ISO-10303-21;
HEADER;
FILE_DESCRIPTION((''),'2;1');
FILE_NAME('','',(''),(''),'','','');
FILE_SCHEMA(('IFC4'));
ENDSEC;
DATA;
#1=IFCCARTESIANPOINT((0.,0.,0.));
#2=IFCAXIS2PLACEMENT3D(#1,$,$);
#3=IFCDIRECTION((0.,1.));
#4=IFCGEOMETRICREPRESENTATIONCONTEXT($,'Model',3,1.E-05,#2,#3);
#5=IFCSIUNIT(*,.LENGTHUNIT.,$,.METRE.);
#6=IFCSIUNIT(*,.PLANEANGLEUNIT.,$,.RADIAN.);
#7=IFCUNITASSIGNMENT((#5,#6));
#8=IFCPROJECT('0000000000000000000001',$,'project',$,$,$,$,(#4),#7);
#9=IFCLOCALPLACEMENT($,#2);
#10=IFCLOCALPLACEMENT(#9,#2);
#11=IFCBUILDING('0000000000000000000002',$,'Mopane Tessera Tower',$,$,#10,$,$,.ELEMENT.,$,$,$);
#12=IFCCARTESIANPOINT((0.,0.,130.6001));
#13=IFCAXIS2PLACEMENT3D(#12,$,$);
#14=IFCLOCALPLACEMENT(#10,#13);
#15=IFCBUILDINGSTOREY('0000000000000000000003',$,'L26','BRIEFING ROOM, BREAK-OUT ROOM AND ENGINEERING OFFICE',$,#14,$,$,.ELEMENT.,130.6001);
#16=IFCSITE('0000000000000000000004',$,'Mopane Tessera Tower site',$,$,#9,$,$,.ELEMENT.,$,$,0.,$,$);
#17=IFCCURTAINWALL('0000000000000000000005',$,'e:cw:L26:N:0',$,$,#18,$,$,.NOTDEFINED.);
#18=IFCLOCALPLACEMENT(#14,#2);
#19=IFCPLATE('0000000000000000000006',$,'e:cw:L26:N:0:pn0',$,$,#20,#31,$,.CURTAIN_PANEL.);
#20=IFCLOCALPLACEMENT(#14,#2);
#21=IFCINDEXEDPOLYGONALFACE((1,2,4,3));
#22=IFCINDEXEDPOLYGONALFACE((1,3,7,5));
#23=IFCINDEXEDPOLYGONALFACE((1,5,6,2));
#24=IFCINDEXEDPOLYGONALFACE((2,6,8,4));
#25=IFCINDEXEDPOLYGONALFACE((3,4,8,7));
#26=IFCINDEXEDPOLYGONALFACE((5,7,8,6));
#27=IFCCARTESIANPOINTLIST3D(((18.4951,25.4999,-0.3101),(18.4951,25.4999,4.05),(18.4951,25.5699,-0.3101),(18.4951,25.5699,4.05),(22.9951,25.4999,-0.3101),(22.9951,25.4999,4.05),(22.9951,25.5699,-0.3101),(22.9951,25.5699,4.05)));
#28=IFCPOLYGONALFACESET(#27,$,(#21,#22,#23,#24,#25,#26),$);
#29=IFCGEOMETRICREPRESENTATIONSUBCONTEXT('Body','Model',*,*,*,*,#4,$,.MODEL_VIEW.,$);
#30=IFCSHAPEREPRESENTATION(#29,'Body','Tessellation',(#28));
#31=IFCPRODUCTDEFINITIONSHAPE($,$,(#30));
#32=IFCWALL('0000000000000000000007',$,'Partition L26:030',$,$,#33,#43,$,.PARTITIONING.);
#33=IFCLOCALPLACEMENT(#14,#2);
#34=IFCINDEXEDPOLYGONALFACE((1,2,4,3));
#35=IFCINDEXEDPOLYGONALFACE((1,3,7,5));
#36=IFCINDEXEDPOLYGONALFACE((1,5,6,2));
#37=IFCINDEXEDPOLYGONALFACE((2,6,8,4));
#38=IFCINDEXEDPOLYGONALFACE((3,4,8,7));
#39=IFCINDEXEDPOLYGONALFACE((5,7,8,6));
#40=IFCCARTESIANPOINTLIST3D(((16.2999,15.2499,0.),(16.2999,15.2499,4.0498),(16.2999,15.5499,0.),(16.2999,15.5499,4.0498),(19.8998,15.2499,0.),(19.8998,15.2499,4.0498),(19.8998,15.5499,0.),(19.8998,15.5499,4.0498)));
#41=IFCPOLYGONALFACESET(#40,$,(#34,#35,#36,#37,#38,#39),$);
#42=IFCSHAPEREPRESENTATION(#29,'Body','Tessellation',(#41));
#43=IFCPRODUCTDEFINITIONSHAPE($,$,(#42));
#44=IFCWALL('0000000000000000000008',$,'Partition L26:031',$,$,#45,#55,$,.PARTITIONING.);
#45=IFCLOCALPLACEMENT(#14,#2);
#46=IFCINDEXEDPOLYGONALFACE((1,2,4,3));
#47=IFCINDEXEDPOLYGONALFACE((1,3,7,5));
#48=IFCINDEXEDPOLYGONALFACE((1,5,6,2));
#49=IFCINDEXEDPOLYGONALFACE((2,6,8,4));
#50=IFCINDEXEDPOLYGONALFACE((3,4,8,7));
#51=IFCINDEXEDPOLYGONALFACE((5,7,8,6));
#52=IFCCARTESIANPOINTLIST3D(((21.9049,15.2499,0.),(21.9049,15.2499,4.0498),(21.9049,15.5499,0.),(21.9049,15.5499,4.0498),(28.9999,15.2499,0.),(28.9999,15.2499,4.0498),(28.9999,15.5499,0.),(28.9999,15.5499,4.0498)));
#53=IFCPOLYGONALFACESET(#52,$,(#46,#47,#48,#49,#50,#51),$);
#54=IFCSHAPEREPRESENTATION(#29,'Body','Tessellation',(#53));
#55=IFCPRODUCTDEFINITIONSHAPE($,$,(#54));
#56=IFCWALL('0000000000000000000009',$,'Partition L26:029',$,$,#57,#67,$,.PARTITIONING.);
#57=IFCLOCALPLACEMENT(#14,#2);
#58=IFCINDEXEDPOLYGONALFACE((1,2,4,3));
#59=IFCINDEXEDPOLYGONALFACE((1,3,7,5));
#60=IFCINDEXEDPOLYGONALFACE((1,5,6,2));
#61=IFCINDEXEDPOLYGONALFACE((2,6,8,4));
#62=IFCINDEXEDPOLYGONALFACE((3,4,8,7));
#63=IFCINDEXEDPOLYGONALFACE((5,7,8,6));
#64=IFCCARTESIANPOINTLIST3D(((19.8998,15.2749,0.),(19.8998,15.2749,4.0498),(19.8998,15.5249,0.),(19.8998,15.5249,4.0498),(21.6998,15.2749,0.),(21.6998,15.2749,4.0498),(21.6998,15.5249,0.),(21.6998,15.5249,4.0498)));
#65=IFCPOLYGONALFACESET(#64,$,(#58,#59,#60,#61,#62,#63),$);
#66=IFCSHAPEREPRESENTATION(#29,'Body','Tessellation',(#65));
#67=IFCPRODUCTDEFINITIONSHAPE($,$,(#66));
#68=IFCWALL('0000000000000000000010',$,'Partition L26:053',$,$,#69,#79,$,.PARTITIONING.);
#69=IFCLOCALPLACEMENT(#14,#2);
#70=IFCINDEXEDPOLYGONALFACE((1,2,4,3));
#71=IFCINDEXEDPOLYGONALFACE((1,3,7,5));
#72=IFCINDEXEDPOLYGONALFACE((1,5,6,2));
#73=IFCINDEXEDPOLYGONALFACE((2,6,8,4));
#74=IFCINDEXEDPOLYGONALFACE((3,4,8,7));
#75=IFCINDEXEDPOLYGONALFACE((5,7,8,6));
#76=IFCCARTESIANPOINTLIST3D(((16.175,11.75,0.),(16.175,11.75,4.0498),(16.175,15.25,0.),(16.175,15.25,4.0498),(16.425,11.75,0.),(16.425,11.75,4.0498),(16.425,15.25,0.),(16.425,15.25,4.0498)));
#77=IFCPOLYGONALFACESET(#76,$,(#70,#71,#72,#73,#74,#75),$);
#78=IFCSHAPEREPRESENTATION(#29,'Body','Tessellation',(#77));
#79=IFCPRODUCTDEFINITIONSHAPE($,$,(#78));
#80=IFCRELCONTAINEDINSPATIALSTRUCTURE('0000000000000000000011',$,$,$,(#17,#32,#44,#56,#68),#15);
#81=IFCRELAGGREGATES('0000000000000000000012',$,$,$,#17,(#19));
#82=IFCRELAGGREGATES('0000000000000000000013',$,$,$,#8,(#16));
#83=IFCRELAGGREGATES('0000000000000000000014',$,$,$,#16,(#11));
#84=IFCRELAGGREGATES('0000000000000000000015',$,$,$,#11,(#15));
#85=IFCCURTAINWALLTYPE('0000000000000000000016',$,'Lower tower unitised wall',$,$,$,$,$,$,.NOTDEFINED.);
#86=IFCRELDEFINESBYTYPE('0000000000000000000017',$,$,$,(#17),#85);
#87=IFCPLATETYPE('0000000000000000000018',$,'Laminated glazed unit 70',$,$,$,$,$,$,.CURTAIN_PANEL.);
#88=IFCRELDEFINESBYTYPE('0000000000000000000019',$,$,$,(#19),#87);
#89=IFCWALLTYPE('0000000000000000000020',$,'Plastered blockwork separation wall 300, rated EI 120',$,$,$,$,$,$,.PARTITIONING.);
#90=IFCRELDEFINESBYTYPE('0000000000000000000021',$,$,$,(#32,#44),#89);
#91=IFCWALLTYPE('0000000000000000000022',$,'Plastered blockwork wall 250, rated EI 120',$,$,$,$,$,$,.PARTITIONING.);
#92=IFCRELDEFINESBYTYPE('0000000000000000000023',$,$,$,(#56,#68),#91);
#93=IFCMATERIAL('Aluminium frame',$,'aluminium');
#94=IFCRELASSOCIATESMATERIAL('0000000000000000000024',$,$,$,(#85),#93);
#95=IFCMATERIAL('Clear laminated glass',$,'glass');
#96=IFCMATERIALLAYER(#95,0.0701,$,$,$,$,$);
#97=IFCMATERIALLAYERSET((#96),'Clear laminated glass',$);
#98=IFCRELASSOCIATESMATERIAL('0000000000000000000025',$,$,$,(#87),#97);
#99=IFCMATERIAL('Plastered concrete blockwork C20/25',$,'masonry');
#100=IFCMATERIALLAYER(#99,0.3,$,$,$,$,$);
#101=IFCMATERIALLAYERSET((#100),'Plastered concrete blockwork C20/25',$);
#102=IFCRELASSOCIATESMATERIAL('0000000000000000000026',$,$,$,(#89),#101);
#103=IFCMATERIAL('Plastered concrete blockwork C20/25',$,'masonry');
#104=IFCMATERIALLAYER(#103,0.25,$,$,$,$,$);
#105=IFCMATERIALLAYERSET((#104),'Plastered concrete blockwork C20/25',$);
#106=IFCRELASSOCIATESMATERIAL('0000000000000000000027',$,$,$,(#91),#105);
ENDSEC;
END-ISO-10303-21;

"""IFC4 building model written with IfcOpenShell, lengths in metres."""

from ifc_helpers import new_model, si_unit, direction, frame, frame_2d, origin, origin_2d, place, context, subcontext, project, spatial, rectangle, extrude, material, layer, layer_set, type_object, element, aggregate, save


model = new_model("IFC4")

# Units and contexts
model_context = context("Model", 3, precision=1e-05, world=origin(), true_north=direction((0.0, 1.0)))
body_context = subcontext(model_context, "Body", "Model", "MODEL_VIEW")
ifc_project = project(units=[si_unit("LENGTHUNIT", "METRE"), si_unit("PLANEANGLEUNIT", "RADIAN")], contexts=[model_context])

# Site, building, storey
site_placement = place(None, origin())
site = spatial("IfcSite", under=ifc_project, at=site_placement, Name="Mopane Tessera Tower site", CompositionType="ELEMENT", RefElevation=0.0)
building_placement = place(site_placement, origin())
building = spatial("IfcBuilding", under=site, at=building_placement, Name="Mopane Tessera Tower", CompositionType="ELEMENT")
storey_placement = place(building_placement, frame((0.0, 0.0, 130.6001)))
storey = spatial("IfcBuildingStorey", under=building, at=storey_placement, Name="L26", Description="BRIEFING ROOM, BREAK-OUT ROOM AND ENGINEERING OFFICE", CompositionType="ELEMENT", Elevation=130.6001)

# Curtain wall
ifc_material_1 = material(Name="Aluminium frame", Category="aluminium")
curtain_wall_type = type_object("IfcCurtainWallType", Name="Lower tower unitised wall", PredefinedType="NOTDEFINED", material=ifc_material_1)
curtain_wall_1_placement = place(storey_placement, origin())
curtain_wall_1 = element("IfcCurtainWall", 1, at=curtain_wall_1_placement, inside=storey, type_object=curtain_wall_type, Name="e:cw:L26:N:0", PredefinedType="NOTDEFINED")

# Plate
ifc_material_2 = material(Name="Clear laminated glass", Category="glass")
ifc_layer_1 = layer(ifc_material_2, 0.0701)
ifc_layer_set_1 = layer_set([ifc_layer_1], Name="Clear laminated glass")
plate_type = type_object("IfcPlateType", Name="Laminated glazed unit 70", PredefinedType="CURTAIN_PANEL", material=ifc_layer_set_1)
plate_1_placement = place(storey_placement, frame((20.7451, 25.5349, -0.3101), z_axis=(0.0, 0.0, 1.0), x_axis=(-1.0, 0.0, 0.0)))
plate_1 = element("IfcPlate", 2, at=plate_1_placement, type_object=plate_type, Name="e:cw:L26:N:0:pn0", PredefinedType="CURTAIN_PANEL", context=body_context, shape_type="SweptSolid", body=[
    extrude(rectangle(XDim=4.5, YDim=0.0701, at=origin_2d()), origin(), (0.0, 0.0, 1.0), 4.3601),
])
aggregate(curtain_wall_1, [plate_1])

# Walls
ifc_material_3 = material(Name="Plastered concrete blockwork C20/25", Category="masonry")
ifc_layer_2 = layer(ifc_material_3, 0.3)
ifc_layer_set_2 = layer_set([ifc_layer_2], Name="Plastered concrete blockwork C20/25")
wall_type_1 = type_object("IfcWallType", Name="Plastered blockwork separation wall 300, rated EI 120", PredefinedType="PARTITIONING", material=ifc_layer_set_2)
wall_1_placement = place(storey_placement, frame((16.3, 15.3999, 0.0), z_axis=(0.0, 0.0, 1.0), x_axis=(1.0, 0.0, 0.0)))
element("IfcWall", 3, at=wall_1_placement, inside=storey, type_object=wall_type_1, Name="Partition L26:030", PredefinedType="PARTITIONING", context=body_context, shape_type="SweptSolid", body=[
    extrude(rectangle(XDim=3.5999, YDim=0.3, at=frame_2d((1.7998, 0.0))), origin(), (0.0, 0.0, 1.0), 4.0498),
])
wall_2_placement = place(storey_placement, frame((21.905, 15.3999, 0.0), z_axis=(0.0, 0.0, 1.0), x_axis=(1.0, 0.0, 0.0)))
element("IfcWall", 4, at=wall_2_placement, inside=storey, type_object=wall_type_1, Name="Partition L26:031", PredefinedType="PARTITIONING", context=body_context, shape_type="SweptSolid", body=[
    extrude(rectangle(XDim=7.095, YDim=0.3, at=frame_2d((3.5474, 0.0))), origin(), (0.0, 0.0, 1.0), 4.0498),
])
ifc_material_4 = material(Name="Plastered concrete blockwork C20/25", Category="masonry")
ifc_layer_3 = layer(ifc_material_4, 0.25)
ifc_layer_set_3 = layer_set([ifc_layer_3], Name="Plastered concrete blockwork C20/25")
wall_type_2 = type_object("IfcWallType", Name="Plastered blockwork wall 250, rated EI 120", PredefinedType="PARTITIONING", material=ifc_layer_set_3)
wall_3_placement = place(storey_placement, frame((19.8999, 15.3999, 0.0), z_axis=(0.0, 0.0, 1.0), x_axis=(1.0, 0.0, 0.0)))
element("IfcWall", 5, at=wall_3_placement, inside=storey, type_object=wall_type_2, Name="Partition L26:029", PredefinedType="PARTITIONING", context=body_context, shape_type="SweptSolid", body=[
    extrude(rectangle(XDim=1.8, YDim=0.25, at=frame_2d((0.8999, 0.0))), origin(), (0.0, 0.0, 1.0), 4.0498),
])
wall_4_placement = place(storey_placement, frame((16.3, 11.75, 0.0), z_axis=(0.0, 0.0, 1.0), x_axis=(0.0, 1.0, 0.0)))
element("IfcWall", 6, at=wall_4_placement, inside=storey, type_object=wall_type_2, Name="Partition L26:053", PredefinedType="PARTITIONING", context=body_context, shape_type="SweptSolid", body=[
    extrude(rectangle(XDim=3.5, YDim=0.25, at=frame_2d((1.75, 0.0))), origin(), (0.0, 0.0, 1.0), 4.0498),
])

save(model, "model.ifc")
